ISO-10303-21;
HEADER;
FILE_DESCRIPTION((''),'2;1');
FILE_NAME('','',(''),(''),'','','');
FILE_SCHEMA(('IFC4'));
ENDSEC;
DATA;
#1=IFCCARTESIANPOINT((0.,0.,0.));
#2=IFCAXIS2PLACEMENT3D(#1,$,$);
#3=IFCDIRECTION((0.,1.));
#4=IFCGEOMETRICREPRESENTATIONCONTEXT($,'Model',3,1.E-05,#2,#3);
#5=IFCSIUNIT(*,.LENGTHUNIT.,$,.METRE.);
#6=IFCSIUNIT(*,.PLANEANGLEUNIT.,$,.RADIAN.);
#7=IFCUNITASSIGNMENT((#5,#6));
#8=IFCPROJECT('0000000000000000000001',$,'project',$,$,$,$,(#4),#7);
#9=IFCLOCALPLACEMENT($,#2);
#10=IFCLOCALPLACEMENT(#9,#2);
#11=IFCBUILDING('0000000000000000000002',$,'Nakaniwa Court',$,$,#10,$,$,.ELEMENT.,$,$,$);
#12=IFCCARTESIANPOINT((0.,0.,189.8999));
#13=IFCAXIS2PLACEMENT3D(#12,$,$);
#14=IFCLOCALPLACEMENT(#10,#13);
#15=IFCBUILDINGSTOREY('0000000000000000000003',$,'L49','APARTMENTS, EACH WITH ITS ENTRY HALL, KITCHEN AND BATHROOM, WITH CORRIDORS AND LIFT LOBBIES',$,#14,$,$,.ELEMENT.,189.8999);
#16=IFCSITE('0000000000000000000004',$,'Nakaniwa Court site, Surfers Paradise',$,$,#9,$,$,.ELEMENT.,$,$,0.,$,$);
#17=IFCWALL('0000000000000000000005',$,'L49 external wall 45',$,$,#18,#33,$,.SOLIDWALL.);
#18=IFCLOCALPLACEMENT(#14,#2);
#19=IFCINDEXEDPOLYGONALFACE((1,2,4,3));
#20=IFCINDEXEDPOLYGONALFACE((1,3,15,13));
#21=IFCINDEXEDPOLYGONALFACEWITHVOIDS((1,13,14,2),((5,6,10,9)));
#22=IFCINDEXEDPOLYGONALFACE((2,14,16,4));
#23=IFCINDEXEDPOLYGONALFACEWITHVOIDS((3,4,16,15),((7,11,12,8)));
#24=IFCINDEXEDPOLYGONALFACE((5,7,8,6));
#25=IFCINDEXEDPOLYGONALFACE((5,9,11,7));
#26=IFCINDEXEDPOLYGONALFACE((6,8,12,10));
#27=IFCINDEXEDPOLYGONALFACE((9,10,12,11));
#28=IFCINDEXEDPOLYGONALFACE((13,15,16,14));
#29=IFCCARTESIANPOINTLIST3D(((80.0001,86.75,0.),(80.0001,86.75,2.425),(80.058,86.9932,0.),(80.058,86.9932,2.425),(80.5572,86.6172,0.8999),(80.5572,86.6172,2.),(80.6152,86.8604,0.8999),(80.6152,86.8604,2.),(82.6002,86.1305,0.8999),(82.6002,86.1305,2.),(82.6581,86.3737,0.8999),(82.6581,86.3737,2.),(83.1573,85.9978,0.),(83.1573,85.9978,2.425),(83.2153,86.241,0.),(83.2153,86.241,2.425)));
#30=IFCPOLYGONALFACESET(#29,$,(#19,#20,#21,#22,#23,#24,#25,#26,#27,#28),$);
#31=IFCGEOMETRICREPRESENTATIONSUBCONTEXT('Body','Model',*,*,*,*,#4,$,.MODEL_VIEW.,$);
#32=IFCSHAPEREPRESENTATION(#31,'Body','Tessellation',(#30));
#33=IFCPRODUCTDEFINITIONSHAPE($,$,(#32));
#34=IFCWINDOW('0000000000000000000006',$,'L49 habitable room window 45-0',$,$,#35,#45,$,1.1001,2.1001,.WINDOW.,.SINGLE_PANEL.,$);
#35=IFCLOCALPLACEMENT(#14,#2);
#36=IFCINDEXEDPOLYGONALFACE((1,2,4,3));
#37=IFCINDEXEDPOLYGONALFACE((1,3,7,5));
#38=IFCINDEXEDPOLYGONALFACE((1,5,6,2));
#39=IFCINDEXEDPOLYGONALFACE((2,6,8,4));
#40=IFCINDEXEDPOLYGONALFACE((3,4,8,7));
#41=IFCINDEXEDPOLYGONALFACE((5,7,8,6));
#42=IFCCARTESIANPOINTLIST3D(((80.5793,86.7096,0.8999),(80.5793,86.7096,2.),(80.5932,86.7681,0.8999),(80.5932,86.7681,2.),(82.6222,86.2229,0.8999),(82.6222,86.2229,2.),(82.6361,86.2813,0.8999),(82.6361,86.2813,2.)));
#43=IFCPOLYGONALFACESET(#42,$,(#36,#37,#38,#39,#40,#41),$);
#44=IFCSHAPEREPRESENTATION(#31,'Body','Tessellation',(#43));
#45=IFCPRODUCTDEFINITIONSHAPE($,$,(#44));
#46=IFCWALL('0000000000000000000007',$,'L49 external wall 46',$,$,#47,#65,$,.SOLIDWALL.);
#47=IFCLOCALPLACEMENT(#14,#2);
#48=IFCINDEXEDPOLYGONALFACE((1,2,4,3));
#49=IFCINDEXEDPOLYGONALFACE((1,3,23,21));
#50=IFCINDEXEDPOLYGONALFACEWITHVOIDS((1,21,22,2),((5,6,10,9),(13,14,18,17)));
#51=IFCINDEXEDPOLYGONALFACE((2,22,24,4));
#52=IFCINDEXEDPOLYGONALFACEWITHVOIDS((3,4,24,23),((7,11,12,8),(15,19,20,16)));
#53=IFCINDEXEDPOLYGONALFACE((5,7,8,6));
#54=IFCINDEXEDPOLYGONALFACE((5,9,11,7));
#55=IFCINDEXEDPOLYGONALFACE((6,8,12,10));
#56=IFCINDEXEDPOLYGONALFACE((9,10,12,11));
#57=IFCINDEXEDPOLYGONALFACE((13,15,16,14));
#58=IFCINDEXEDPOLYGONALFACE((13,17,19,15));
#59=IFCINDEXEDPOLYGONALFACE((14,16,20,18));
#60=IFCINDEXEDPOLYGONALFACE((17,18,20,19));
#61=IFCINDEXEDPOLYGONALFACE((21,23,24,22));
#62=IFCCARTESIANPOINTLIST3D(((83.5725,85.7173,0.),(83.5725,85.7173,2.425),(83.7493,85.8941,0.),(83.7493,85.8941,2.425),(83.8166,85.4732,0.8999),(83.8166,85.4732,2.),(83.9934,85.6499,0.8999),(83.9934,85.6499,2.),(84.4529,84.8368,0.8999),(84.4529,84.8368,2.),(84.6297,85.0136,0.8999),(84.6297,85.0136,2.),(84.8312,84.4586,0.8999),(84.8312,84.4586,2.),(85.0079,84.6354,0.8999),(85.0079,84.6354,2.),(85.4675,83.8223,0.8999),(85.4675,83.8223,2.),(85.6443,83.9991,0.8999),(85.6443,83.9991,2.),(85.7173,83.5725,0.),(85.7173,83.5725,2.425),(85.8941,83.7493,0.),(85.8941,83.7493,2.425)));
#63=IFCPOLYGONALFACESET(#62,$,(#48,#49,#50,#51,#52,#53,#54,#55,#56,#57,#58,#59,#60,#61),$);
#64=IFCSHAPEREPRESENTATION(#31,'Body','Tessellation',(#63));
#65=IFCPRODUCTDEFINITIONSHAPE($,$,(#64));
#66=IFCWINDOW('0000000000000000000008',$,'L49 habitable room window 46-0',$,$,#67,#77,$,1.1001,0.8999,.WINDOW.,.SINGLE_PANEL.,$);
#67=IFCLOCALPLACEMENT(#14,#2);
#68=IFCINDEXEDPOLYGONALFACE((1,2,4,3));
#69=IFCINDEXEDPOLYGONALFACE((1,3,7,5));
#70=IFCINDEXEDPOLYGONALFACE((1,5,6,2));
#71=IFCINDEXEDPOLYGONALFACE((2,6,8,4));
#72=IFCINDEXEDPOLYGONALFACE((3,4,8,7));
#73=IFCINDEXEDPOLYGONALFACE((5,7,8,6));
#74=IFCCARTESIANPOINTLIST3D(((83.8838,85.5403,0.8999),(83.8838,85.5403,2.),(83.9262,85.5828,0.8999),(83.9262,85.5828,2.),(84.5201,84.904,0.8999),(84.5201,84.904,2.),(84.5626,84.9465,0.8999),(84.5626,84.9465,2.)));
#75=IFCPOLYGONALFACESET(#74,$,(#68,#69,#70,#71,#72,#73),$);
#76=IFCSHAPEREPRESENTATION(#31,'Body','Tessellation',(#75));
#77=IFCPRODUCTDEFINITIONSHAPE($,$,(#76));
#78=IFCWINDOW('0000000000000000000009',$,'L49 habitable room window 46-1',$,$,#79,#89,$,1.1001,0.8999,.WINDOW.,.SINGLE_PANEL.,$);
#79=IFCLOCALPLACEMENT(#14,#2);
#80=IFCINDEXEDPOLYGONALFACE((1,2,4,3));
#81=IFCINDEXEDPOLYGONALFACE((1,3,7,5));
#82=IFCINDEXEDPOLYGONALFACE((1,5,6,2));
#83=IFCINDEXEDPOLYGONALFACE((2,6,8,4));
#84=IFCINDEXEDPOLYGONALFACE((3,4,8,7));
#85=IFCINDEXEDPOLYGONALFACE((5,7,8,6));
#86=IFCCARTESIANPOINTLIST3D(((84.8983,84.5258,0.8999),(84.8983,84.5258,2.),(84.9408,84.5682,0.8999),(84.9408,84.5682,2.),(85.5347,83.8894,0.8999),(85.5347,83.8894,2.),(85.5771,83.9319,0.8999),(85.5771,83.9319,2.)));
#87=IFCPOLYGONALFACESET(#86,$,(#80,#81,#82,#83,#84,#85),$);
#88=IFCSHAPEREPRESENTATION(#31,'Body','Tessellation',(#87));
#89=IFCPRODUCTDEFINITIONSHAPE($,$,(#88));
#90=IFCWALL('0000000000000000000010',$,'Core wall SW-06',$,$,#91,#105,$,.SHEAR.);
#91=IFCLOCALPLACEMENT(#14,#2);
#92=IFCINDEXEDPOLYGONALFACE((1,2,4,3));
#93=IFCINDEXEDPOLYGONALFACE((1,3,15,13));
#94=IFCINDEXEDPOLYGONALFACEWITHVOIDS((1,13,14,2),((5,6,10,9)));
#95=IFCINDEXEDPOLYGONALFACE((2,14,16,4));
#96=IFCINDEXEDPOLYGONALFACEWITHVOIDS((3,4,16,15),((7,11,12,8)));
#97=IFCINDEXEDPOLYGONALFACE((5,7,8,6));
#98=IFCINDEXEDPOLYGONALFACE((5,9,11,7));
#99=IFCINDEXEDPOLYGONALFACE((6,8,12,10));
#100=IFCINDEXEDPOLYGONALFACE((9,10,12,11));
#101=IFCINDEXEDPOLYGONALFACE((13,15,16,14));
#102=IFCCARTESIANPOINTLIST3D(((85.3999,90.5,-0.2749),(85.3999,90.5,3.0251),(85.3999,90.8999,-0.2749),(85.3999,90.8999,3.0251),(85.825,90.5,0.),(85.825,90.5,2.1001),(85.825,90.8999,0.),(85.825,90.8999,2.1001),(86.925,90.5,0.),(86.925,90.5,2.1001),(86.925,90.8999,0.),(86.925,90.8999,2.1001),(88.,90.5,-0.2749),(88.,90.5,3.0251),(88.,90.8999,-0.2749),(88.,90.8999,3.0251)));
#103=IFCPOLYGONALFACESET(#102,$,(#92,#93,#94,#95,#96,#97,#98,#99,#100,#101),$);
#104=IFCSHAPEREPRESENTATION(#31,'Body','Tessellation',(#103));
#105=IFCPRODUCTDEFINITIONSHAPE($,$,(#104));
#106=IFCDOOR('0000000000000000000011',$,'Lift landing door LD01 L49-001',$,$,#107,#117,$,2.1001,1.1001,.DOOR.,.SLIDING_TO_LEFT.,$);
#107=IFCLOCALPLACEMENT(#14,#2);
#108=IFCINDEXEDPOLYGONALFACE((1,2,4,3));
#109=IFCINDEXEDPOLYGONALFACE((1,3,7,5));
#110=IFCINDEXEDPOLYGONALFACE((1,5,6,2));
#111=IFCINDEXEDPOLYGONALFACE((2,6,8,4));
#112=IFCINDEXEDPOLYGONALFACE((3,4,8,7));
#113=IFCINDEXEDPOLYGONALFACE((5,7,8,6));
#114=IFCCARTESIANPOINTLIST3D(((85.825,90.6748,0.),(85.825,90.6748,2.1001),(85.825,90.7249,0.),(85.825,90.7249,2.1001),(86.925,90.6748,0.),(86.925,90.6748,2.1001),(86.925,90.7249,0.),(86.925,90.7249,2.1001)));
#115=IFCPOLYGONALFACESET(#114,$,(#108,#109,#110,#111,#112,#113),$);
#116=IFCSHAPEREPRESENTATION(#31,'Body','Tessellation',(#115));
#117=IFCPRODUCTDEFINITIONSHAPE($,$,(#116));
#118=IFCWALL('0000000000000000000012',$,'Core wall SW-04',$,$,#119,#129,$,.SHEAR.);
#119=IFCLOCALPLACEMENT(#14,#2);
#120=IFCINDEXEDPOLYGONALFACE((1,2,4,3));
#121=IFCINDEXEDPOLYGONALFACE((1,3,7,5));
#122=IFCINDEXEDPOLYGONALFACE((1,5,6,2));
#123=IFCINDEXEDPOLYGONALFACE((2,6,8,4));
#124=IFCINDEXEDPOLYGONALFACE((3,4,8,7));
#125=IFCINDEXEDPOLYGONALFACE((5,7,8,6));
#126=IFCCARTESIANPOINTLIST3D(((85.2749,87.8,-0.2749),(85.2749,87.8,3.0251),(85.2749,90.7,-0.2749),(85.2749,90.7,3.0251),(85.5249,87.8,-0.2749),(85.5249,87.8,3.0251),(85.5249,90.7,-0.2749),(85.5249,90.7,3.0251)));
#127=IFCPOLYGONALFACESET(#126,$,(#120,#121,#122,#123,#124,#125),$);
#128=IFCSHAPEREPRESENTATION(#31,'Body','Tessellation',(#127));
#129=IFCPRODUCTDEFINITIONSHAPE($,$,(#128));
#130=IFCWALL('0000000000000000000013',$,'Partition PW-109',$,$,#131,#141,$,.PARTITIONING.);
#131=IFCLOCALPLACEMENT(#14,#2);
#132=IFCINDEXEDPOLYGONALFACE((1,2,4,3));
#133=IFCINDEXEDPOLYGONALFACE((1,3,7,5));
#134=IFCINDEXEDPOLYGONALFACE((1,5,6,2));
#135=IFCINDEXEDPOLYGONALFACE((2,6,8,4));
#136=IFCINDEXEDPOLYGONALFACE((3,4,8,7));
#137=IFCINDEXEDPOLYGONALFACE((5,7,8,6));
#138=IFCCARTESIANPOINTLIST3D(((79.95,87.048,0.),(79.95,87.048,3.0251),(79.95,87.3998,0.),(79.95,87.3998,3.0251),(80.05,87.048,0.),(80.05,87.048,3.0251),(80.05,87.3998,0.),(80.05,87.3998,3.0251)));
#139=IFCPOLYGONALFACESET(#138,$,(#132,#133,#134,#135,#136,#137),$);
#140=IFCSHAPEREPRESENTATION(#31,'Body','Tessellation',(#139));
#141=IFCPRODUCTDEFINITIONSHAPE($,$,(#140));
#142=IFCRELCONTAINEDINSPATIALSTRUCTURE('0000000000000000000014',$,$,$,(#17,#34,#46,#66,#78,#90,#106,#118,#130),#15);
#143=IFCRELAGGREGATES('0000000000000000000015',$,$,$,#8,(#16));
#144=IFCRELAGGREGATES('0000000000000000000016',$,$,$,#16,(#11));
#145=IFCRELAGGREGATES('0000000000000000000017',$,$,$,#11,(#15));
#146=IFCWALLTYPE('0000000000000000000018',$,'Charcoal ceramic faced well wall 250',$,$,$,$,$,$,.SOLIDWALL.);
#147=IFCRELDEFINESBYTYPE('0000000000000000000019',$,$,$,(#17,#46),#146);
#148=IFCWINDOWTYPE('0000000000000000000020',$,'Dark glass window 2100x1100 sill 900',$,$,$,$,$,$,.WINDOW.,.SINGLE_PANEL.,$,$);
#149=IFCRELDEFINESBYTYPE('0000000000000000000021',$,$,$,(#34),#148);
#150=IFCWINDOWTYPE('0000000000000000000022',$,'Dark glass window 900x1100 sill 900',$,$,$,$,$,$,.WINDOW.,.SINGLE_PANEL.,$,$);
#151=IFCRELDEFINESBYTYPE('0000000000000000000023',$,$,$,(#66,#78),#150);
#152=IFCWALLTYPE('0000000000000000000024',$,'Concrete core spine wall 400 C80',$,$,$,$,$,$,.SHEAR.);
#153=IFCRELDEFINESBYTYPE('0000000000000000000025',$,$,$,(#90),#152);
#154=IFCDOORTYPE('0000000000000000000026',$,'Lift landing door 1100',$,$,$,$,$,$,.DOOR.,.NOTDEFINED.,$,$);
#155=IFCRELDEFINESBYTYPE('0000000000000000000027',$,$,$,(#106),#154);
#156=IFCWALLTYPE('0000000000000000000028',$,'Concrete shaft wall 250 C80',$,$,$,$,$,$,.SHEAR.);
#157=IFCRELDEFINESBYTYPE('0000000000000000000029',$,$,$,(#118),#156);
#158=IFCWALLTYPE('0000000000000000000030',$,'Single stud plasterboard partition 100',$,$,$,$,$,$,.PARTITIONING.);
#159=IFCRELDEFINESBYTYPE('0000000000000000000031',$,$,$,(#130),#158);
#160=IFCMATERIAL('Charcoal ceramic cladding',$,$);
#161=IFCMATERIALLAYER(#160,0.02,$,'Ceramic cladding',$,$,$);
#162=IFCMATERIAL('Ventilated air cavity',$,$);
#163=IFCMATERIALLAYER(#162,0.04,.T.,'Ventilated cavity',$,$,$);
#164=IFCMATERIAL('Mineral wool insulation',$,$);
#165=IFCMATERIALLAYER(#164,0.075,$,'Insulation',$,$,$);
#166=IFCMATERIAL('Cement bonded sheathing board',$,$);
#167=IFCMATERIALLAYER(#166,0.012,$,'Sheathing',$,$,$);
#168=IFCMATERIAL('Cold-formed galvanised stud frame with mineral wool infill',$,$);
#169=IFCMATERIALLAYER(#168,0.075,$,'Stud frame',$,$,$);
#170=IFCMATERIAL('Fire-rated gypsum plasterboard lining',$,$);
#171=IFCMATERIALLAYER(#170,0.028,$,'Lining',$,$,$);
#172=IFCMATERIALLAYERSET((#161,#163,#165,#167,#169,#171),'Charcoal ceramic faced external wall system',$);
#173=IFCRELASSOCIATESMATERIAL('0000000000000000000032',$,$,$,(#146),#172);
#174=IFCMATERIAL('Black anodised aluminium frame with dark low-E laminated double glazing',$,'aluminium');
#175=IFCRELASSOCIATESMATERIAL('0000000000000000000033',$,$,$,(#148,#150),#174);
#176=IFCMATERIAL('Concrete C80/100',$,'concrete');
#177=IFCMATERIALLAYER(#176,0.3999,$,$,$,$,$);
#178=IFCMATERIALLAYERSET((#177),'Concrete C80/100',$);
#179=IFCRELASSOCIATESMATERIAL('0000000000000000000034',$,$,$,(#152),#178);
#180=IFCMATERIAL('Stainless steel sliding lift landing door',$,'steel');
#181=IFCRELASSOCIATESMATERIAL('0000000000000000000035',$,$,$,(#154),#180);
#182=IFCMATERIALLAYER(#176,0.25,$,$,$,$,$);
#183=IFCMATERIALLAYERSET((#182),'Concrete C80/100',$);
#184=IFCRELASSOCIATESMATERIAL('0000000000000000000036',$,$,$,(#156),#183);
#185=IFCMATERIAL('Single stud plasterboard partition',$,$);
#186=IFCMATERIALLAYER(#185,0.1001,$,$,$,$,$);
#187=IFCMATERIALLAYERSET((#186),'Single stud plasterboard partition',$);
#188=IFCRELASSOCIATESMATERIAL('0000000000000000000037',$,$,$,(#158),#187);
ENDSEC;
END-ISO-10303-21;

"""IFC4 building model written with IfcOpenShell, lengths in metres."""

from ifc_helpers import new_model, si_unit, direction, frame, frame_2d, origin, place, context, subcontext, project, spatial, rectangle, extrude, material, layer, layer_set, type_object, element, fill, save


model = new_model("IFC4")

# Units and contexts
model_context = context("Model", 3, precision=1e-05, world=origin(), true_north=direction((0.0, 1.0)))
body_context = subcontext(model_context, "Body", "Model", "MODEL_VIEW")
ifc_project = project(units=[si_unit("LENGTHUNIT", "METRE"), si_unit("PLANEANGLEUNIT", "RADIAN")], contexts=[model_context])

# Site, building, storey
site_placement = place(None, origin())
site = spatial("IfcSite", under=ifc_project, at=site_placement, Name="Nakaniwa Court site, Surfers Paradise", CompositionType="ELEMENT", RefElevation=0.0)
building_placement = place(site_placement, origin())
building = spatial("IfcBuilding", under=site, at=building_placement, Name="Nakaniwa Court", CompositionType="ELEMENT")
storey_placement = place(building_placement, frame((0.0, 0.0, 189.8999)))
storey = spatial("IfcBuildingStorey", under=building, at=storey_placement, Name="L49", Description="APARTMENTS, EACH WITH ITS ENTRY HALL, KITCHEN AND BATHROOM, WITH CORRIDORS AND LIFT LOBBIES", CompositionType="ELEMENT", Elevation=189.8999)

# Shared definitions
ifc_material_1 = material(Name="Concrete C80/100", Category="concrete")

# Wall, opening, window
ifc_material_2 = material(Name="Charcoal ceramic cladding")
ifc_layer_1 = layer(ifc_material_2, 0.02, Name="Ceramic cladding")
ifc_material_3 = material(Name="Ventilated air cavity")
ifc_layer_2 = layer(ifc_material_3, 0.04, ventilated=True, Name="Ventilated cavity")
ifc_material_4 = material(Name="Mineral wool insulation")
ifc_layer_3 = layer(ifc_material_4, 0.075, Name="Insulation")
ifc_material_5 = material(Name="Cement bonded sheathing board")
ifc_layer_4 = layer(ifc_material_5, 0.012, Name="Sheathing")
ifc_material_6 = material(Name="Cold-formed galvanised stud frame with mineral wool infill")
ifc_layer_5 = layer(ifc_material_6, 0.075, Name="Stud frame")
ifc_material_7 = material(Name="Fire-rated gypsum plasterboard lining")
ifc_layer_6 = layer(ifc_material_7, 0.028, Name="Lining")
ifc_layer_set_1 = layer_set([ifc_layer_1, ifc_layer_2, ifc_layer_3, ifc_layer_4, ifc_layer_5, ifc_layer_6], Name="Charcoal ceramic faced external wall system")
wall_type_1 = type_object("IfcWallType", Name="Charcoal ceramic faced well wall 250", PredefinedType="SOLIDWALL", material=ifc_layer_set_1)
wall_1_placement = place(storey_placement, frame((80.0291, 86.8716, 0.0), z_axis=(0.0, 0.0, 1.0), x_axis=(0.972773, -0.23176, 0.0)))
wall_1 = element("IfcWall", 1, at=wall_1_placement, inside=storey, type_object=wall_type_1, Name="L49 external wall 45", PredefinedType="SOLIDWALL", context=body_context, shape_type="SweptSolid", body=[
    extrude(rectangle(XDim=3.2456, YDim=0.25, at=frame_2d((1.6228, 0.0))), origin(), (0.0, 0.0, 1.0), 2.425),
])
opening_1_placement = place(wall_1_placement, frame((0.5728, 0.0, 0.8999)))
opening_1 = element("IfcOpeningElement", 2, at=opening_1_placement, cuts=wall_1, PredefinedType="OPENING", context=body_context, shape_type="SweptSolid", body=[
    extrude(rectangle(XDim=2.1001, YDim=1.1001, at=frame_2d((1.05, 0.55))), frame((0.0, 0.135, 0.0), z_axis=(0.0, -1.0, 0.0), x_axis=(1.0, 0.0, 0.0)), (0.0, 0.0, 1.0), 0.27),
])
ifc_material_8 = material(Name="Black anodised aluminium frame with dark low-E laminated double glazing", Category="aluminium")
window_type_1 = type_object("IfcWindowType", Name="Dark glass window 2100x1100 sill 900", PartitioningType="SINGLE_PANEL", PredefinedType="WINDOW", material=ifc_material_8)
window_1_placement = place(opening_1_placement, origin())
window_1 = element("IfcWindow", 3, at=window_1_placement, inside=storey, type_object=window_type_1, Name="L49 habitable room window 45-0", OverallHeight=1.1001, OverallWidth=2.1001, PartitioningType="SINGLE_PANEL", PredefinedType="WINDOW", context=body_context, shape_type="SweptSolid", body=[
    extrude(rectangle(XDim=2.1001, YDim=1.1001, at=frame_2d((1.05, 0.55))), frame((0.0, 0.03, 0.0), z_axis=(0.0, -1.0, 0.0), x_axis=(1.0, 0.0, 0.0)), (0.0, 0.0, 1.0), 0.0601),
])
fill(opening_1, window_1)

# Wall, openings, windows
wall_2_placement = place(storey_placement, frame((83.6609, 85.8057, 0.0), z_axis=(0.0, 0.0, 1.0), x_axis=(0.707107, -0.707107, 0.0)))
wall_2 = element("IfcWall", 4, at=wall_2_placement, inside=storey, type_object=wall_type_1, Name="L49 external wall 46", PredefinedType="SOLIDWALL", context=body_context, shape_type="SweptSolid", body=[
    extrude(rectangle(XDim=3.0332, YDim=0.25, at=frame_2d((1.5166, 0.0))), origin(), (0.0, 0.0, 1.0), 2.425),
])
opening_2_placement = place(wall_2_placement, frame((0.3452, 0.0, 0.8999)))
opening_2 = element("IfcOpeningElement", 5, at=opening_2_placement, cuts=wall_2, PredefinedType="OPENING", context=body_context, shape_type="SweptSolid", body=[
    extrude(rectangle(XDim=0.8999, YDim=1.1001, at=frame_2d((0.45, 0.55))), frame((0.0, 0.135, 0.0), z_axis=(0.0, -1.0, 0.0), x_axis=(1.0, 0.0, 0.0)), (0.0, 0.0, 1.0), 0.27),
])
opening_3_placement = place(wall_2_placement, frame((1.78, 0.0, 0.8999)))
opening_3 = element("IfcOpeningElement", 6, at=opening_3_placement, cuts=wall_2, PredefinedType="OPENING", context=body_context, shape_type="SweptSolid", body=[
    extrude(rectangle(XDim=0.8999, YDim=1.1001, at=frame_2d((0.45, 0.55))), frame((0.0, 0.135, 0.0), z_axis=(0.0, -1.0, 0.0), x_axis=(1.0, 0.0, 0.0)), (0.0, 0.0, 1.0), 0.27),
])
window_type_2 = type_object("IfcWindowType", Name="Dark glass window 900x1100 sill 900", PartitioningType="SINGLE_PANEL", PredefinedType="WINDOW", material=ifc_material_8)
window_2_placement = place(opening_2_placement, origin())
window_2 = element("IfcWindow", 7, at=window_2_placement, inside=storey, type_object=window_type_2, Name="L49 habitable room window 46-0", OverallHeight=1.1001, OverallWidth=0.8999, PartitioningType="SINGLE_PANEL", PredefinedType="WINDOW", context=body_context, shape_type="SweptSolid", body=[
    extrude(rectangle(XDim=0.8999, YDim=1.1001, at=frame_2d((0.45, 0.55))), frame((0.0, 0.03, 0.0), z_axis=(0.0, -1.0, 0.0), x_axis=(1.0, 0.0, 0.0)), (0.0, 0.0, 1.0), 0.0601),
])
fill(opening_2, window_2)
window_3_placement = place(opening_3_placement, origin())
window_3 = element("IfcWindow", 8, at=window_3_placement, inside=storey, type_object=window_type_2, Name="L49 habitable room window 46-1", OverallHeight=1.1001, OverallWidth=0.8999, PartitioningType="SINGLE_PANEL", PredefinedType="WINDOW", context=body_context, shape_type="SweptSolid", body=[
    extrude(rectangle(XDim=0.8999, YDim=1.1001, at=frame_2d((0.45, 0.55))), frame((0.0, 0.03, 0.0), z_axis=(0.0, -1.0, 0.0), x_axis=(1.0, 0.0, 0.0)), (0.0, 0.0, 1.0), 0.0601),
])
fill(opening_3, window_3)

# Wall, opening, door
ifc_layer_7 = layer(ifc_material_1, 0.3999)
ifc_layer_set_2 = layer_set([ifc_layer_7], Name="Concrete C80/100")
wall_type_2 = type_object("IfcWallType", Name="Concrete core spine wall 400 C80", PredefinedType="SHEAR", material=ifc_layer_set_2)
wall_3_placement = place(storey_placement, frame((85.3999, 90.7, -0.2749), z_axis=(0.0, 0.0, 1.0), x_axis=(1.0, 0.0, 0.0)))
wall_3 = element("IfcWall", 9, at=wall_3_placement, inside=storey, type_object=wall_type_2, Name="Core wall SW-06", PredefinedType="SHEAR", context=body_context, shape_type="SweptSolid", body=[
    extrude(rectangle(XDim=2.6001, YDim=0.3999, at=frame_2d((1.3, 0.0))), origin(), (0.0, 0.0, 1.0), 3.3),
])
opening_4_placement = place(wall_3_placement, frame((0.425, 0.0, 0.2749)))
opening_4 = element("IfcOpeningElement", 10, at=opening_4_placement, cuts=wall_3, PredefinedType="OPENING", context=body_context, shape_type="SweptSolid", body=[
    extrude(rectangle(XDim=1.1001, YDim=2.1001, at=frame_2d((0.55, 1.05))), frame((0.0, 0.21, 0.0), z_axis=(0.0, -1.0, 0.0), x_axis=(1.0, 0.0, 0.0)), (0.0, 0.0, 1.0), 0.4199),
])
ifc_material_9 = material(Name="Stainless steel sliding lift landing door", Category="steel")
door_type_1 = type_object("IfcDoorType", Name="Lift landing door 1100", OperationType="NOTDEFINED", PredefinedType="DOOR", material=ifc_material_9)
door_1_placement = place(opening_4_placement, origin())
door_1 = element("IfcDoor", 11, at=door_1_placement, inside=storey, type_object=door_type_1, Name="Lift landing door LD01 L49-001", OperationType="SLIDING_TO_LEFT", OverallHeight=2.1001, OverallWidth=1.1001, PredefinedType="DOOR", context=body_context, shape_type="SweptSolid", body=[
    extrude(rectangle(XDim=1.1001, YDim=2.1001, at=frame_2d((0.55, 1.05))), frame((0.0, 0.0249, 0.0), z_axis=(0.0, -1.0, 0.0), x_axis=(1.0, 0.0, 0.0)), (0.0, 0.0, 1.0), 0.05),
])
fill(opening_4, door_1)

# Walls
ifc_layer_8 = layer(ifc_material_1, 0.25)
ifc_layer_set_3 = layer_set([ifc_layer_8], Name="Concrete C80/100")
wall_type_3 = type_object("IfcWallType", Name="Concrete shaft wall 250 C80", PredefinedType="SHEAR", material=ifc_layer_set_3)
wall_4_placement = place(storey_placement, frame((85.3999, 87.8, -0.2749), z_axis=(0.0, 0.0, 1.0), x_axis=(0.0, 1.0, 0.0)))
element("IfcWall", 12, at=wall_4_placement, inside=storey, type_object=wall_type_3, Name="Core wall SW-04", PredefinedType="SHEAR", context=body_context, shape_type="SweptSolid", body=[
    extrude(rectangle(XDim=2.8999, YDim=0.25, at=frame_2d((1.45, 0.0))), origin(), (0.0, 0.0, 1.0), 3.3),
])
ifc_material_10 = material(Name="Single stud plasterboard partition")
ifc_layer_9 = layer(ifc_material_10, 0.1001)
ifc_layer_set_4 = layer_set([ifc_layer_9], Name="Single stud plasterboard partition")
wall_type_4 = type_object("IfcWallType", Name="Single stud plasterboard partition 100", PredefinedType="PARTITIONING", material=ifc_layer_set_4)
wall_5_placement = place(storey_placement, frame((80.0, 87.0481, 0.0), z_axis=(0.0, 0.0, 1.0), x_axis=(0.0, 1.0, 0.0)))
element("IfcWall", 13, at=wall_5_placement, inside=storey, type_object=wall_type_4, Name="Partition PW-109", PredefinedType="PARTITIONING", context=body_context, shape_type="SweptSolid", body=[
    extrude(rectangle(XDim=0.3518, YDim=0.1001, at=frame_2d((0.1758, 0.0))), origin(), (0.0, 0.0, 1.0), 3.0251),
])

save(model, "model.ifc")
